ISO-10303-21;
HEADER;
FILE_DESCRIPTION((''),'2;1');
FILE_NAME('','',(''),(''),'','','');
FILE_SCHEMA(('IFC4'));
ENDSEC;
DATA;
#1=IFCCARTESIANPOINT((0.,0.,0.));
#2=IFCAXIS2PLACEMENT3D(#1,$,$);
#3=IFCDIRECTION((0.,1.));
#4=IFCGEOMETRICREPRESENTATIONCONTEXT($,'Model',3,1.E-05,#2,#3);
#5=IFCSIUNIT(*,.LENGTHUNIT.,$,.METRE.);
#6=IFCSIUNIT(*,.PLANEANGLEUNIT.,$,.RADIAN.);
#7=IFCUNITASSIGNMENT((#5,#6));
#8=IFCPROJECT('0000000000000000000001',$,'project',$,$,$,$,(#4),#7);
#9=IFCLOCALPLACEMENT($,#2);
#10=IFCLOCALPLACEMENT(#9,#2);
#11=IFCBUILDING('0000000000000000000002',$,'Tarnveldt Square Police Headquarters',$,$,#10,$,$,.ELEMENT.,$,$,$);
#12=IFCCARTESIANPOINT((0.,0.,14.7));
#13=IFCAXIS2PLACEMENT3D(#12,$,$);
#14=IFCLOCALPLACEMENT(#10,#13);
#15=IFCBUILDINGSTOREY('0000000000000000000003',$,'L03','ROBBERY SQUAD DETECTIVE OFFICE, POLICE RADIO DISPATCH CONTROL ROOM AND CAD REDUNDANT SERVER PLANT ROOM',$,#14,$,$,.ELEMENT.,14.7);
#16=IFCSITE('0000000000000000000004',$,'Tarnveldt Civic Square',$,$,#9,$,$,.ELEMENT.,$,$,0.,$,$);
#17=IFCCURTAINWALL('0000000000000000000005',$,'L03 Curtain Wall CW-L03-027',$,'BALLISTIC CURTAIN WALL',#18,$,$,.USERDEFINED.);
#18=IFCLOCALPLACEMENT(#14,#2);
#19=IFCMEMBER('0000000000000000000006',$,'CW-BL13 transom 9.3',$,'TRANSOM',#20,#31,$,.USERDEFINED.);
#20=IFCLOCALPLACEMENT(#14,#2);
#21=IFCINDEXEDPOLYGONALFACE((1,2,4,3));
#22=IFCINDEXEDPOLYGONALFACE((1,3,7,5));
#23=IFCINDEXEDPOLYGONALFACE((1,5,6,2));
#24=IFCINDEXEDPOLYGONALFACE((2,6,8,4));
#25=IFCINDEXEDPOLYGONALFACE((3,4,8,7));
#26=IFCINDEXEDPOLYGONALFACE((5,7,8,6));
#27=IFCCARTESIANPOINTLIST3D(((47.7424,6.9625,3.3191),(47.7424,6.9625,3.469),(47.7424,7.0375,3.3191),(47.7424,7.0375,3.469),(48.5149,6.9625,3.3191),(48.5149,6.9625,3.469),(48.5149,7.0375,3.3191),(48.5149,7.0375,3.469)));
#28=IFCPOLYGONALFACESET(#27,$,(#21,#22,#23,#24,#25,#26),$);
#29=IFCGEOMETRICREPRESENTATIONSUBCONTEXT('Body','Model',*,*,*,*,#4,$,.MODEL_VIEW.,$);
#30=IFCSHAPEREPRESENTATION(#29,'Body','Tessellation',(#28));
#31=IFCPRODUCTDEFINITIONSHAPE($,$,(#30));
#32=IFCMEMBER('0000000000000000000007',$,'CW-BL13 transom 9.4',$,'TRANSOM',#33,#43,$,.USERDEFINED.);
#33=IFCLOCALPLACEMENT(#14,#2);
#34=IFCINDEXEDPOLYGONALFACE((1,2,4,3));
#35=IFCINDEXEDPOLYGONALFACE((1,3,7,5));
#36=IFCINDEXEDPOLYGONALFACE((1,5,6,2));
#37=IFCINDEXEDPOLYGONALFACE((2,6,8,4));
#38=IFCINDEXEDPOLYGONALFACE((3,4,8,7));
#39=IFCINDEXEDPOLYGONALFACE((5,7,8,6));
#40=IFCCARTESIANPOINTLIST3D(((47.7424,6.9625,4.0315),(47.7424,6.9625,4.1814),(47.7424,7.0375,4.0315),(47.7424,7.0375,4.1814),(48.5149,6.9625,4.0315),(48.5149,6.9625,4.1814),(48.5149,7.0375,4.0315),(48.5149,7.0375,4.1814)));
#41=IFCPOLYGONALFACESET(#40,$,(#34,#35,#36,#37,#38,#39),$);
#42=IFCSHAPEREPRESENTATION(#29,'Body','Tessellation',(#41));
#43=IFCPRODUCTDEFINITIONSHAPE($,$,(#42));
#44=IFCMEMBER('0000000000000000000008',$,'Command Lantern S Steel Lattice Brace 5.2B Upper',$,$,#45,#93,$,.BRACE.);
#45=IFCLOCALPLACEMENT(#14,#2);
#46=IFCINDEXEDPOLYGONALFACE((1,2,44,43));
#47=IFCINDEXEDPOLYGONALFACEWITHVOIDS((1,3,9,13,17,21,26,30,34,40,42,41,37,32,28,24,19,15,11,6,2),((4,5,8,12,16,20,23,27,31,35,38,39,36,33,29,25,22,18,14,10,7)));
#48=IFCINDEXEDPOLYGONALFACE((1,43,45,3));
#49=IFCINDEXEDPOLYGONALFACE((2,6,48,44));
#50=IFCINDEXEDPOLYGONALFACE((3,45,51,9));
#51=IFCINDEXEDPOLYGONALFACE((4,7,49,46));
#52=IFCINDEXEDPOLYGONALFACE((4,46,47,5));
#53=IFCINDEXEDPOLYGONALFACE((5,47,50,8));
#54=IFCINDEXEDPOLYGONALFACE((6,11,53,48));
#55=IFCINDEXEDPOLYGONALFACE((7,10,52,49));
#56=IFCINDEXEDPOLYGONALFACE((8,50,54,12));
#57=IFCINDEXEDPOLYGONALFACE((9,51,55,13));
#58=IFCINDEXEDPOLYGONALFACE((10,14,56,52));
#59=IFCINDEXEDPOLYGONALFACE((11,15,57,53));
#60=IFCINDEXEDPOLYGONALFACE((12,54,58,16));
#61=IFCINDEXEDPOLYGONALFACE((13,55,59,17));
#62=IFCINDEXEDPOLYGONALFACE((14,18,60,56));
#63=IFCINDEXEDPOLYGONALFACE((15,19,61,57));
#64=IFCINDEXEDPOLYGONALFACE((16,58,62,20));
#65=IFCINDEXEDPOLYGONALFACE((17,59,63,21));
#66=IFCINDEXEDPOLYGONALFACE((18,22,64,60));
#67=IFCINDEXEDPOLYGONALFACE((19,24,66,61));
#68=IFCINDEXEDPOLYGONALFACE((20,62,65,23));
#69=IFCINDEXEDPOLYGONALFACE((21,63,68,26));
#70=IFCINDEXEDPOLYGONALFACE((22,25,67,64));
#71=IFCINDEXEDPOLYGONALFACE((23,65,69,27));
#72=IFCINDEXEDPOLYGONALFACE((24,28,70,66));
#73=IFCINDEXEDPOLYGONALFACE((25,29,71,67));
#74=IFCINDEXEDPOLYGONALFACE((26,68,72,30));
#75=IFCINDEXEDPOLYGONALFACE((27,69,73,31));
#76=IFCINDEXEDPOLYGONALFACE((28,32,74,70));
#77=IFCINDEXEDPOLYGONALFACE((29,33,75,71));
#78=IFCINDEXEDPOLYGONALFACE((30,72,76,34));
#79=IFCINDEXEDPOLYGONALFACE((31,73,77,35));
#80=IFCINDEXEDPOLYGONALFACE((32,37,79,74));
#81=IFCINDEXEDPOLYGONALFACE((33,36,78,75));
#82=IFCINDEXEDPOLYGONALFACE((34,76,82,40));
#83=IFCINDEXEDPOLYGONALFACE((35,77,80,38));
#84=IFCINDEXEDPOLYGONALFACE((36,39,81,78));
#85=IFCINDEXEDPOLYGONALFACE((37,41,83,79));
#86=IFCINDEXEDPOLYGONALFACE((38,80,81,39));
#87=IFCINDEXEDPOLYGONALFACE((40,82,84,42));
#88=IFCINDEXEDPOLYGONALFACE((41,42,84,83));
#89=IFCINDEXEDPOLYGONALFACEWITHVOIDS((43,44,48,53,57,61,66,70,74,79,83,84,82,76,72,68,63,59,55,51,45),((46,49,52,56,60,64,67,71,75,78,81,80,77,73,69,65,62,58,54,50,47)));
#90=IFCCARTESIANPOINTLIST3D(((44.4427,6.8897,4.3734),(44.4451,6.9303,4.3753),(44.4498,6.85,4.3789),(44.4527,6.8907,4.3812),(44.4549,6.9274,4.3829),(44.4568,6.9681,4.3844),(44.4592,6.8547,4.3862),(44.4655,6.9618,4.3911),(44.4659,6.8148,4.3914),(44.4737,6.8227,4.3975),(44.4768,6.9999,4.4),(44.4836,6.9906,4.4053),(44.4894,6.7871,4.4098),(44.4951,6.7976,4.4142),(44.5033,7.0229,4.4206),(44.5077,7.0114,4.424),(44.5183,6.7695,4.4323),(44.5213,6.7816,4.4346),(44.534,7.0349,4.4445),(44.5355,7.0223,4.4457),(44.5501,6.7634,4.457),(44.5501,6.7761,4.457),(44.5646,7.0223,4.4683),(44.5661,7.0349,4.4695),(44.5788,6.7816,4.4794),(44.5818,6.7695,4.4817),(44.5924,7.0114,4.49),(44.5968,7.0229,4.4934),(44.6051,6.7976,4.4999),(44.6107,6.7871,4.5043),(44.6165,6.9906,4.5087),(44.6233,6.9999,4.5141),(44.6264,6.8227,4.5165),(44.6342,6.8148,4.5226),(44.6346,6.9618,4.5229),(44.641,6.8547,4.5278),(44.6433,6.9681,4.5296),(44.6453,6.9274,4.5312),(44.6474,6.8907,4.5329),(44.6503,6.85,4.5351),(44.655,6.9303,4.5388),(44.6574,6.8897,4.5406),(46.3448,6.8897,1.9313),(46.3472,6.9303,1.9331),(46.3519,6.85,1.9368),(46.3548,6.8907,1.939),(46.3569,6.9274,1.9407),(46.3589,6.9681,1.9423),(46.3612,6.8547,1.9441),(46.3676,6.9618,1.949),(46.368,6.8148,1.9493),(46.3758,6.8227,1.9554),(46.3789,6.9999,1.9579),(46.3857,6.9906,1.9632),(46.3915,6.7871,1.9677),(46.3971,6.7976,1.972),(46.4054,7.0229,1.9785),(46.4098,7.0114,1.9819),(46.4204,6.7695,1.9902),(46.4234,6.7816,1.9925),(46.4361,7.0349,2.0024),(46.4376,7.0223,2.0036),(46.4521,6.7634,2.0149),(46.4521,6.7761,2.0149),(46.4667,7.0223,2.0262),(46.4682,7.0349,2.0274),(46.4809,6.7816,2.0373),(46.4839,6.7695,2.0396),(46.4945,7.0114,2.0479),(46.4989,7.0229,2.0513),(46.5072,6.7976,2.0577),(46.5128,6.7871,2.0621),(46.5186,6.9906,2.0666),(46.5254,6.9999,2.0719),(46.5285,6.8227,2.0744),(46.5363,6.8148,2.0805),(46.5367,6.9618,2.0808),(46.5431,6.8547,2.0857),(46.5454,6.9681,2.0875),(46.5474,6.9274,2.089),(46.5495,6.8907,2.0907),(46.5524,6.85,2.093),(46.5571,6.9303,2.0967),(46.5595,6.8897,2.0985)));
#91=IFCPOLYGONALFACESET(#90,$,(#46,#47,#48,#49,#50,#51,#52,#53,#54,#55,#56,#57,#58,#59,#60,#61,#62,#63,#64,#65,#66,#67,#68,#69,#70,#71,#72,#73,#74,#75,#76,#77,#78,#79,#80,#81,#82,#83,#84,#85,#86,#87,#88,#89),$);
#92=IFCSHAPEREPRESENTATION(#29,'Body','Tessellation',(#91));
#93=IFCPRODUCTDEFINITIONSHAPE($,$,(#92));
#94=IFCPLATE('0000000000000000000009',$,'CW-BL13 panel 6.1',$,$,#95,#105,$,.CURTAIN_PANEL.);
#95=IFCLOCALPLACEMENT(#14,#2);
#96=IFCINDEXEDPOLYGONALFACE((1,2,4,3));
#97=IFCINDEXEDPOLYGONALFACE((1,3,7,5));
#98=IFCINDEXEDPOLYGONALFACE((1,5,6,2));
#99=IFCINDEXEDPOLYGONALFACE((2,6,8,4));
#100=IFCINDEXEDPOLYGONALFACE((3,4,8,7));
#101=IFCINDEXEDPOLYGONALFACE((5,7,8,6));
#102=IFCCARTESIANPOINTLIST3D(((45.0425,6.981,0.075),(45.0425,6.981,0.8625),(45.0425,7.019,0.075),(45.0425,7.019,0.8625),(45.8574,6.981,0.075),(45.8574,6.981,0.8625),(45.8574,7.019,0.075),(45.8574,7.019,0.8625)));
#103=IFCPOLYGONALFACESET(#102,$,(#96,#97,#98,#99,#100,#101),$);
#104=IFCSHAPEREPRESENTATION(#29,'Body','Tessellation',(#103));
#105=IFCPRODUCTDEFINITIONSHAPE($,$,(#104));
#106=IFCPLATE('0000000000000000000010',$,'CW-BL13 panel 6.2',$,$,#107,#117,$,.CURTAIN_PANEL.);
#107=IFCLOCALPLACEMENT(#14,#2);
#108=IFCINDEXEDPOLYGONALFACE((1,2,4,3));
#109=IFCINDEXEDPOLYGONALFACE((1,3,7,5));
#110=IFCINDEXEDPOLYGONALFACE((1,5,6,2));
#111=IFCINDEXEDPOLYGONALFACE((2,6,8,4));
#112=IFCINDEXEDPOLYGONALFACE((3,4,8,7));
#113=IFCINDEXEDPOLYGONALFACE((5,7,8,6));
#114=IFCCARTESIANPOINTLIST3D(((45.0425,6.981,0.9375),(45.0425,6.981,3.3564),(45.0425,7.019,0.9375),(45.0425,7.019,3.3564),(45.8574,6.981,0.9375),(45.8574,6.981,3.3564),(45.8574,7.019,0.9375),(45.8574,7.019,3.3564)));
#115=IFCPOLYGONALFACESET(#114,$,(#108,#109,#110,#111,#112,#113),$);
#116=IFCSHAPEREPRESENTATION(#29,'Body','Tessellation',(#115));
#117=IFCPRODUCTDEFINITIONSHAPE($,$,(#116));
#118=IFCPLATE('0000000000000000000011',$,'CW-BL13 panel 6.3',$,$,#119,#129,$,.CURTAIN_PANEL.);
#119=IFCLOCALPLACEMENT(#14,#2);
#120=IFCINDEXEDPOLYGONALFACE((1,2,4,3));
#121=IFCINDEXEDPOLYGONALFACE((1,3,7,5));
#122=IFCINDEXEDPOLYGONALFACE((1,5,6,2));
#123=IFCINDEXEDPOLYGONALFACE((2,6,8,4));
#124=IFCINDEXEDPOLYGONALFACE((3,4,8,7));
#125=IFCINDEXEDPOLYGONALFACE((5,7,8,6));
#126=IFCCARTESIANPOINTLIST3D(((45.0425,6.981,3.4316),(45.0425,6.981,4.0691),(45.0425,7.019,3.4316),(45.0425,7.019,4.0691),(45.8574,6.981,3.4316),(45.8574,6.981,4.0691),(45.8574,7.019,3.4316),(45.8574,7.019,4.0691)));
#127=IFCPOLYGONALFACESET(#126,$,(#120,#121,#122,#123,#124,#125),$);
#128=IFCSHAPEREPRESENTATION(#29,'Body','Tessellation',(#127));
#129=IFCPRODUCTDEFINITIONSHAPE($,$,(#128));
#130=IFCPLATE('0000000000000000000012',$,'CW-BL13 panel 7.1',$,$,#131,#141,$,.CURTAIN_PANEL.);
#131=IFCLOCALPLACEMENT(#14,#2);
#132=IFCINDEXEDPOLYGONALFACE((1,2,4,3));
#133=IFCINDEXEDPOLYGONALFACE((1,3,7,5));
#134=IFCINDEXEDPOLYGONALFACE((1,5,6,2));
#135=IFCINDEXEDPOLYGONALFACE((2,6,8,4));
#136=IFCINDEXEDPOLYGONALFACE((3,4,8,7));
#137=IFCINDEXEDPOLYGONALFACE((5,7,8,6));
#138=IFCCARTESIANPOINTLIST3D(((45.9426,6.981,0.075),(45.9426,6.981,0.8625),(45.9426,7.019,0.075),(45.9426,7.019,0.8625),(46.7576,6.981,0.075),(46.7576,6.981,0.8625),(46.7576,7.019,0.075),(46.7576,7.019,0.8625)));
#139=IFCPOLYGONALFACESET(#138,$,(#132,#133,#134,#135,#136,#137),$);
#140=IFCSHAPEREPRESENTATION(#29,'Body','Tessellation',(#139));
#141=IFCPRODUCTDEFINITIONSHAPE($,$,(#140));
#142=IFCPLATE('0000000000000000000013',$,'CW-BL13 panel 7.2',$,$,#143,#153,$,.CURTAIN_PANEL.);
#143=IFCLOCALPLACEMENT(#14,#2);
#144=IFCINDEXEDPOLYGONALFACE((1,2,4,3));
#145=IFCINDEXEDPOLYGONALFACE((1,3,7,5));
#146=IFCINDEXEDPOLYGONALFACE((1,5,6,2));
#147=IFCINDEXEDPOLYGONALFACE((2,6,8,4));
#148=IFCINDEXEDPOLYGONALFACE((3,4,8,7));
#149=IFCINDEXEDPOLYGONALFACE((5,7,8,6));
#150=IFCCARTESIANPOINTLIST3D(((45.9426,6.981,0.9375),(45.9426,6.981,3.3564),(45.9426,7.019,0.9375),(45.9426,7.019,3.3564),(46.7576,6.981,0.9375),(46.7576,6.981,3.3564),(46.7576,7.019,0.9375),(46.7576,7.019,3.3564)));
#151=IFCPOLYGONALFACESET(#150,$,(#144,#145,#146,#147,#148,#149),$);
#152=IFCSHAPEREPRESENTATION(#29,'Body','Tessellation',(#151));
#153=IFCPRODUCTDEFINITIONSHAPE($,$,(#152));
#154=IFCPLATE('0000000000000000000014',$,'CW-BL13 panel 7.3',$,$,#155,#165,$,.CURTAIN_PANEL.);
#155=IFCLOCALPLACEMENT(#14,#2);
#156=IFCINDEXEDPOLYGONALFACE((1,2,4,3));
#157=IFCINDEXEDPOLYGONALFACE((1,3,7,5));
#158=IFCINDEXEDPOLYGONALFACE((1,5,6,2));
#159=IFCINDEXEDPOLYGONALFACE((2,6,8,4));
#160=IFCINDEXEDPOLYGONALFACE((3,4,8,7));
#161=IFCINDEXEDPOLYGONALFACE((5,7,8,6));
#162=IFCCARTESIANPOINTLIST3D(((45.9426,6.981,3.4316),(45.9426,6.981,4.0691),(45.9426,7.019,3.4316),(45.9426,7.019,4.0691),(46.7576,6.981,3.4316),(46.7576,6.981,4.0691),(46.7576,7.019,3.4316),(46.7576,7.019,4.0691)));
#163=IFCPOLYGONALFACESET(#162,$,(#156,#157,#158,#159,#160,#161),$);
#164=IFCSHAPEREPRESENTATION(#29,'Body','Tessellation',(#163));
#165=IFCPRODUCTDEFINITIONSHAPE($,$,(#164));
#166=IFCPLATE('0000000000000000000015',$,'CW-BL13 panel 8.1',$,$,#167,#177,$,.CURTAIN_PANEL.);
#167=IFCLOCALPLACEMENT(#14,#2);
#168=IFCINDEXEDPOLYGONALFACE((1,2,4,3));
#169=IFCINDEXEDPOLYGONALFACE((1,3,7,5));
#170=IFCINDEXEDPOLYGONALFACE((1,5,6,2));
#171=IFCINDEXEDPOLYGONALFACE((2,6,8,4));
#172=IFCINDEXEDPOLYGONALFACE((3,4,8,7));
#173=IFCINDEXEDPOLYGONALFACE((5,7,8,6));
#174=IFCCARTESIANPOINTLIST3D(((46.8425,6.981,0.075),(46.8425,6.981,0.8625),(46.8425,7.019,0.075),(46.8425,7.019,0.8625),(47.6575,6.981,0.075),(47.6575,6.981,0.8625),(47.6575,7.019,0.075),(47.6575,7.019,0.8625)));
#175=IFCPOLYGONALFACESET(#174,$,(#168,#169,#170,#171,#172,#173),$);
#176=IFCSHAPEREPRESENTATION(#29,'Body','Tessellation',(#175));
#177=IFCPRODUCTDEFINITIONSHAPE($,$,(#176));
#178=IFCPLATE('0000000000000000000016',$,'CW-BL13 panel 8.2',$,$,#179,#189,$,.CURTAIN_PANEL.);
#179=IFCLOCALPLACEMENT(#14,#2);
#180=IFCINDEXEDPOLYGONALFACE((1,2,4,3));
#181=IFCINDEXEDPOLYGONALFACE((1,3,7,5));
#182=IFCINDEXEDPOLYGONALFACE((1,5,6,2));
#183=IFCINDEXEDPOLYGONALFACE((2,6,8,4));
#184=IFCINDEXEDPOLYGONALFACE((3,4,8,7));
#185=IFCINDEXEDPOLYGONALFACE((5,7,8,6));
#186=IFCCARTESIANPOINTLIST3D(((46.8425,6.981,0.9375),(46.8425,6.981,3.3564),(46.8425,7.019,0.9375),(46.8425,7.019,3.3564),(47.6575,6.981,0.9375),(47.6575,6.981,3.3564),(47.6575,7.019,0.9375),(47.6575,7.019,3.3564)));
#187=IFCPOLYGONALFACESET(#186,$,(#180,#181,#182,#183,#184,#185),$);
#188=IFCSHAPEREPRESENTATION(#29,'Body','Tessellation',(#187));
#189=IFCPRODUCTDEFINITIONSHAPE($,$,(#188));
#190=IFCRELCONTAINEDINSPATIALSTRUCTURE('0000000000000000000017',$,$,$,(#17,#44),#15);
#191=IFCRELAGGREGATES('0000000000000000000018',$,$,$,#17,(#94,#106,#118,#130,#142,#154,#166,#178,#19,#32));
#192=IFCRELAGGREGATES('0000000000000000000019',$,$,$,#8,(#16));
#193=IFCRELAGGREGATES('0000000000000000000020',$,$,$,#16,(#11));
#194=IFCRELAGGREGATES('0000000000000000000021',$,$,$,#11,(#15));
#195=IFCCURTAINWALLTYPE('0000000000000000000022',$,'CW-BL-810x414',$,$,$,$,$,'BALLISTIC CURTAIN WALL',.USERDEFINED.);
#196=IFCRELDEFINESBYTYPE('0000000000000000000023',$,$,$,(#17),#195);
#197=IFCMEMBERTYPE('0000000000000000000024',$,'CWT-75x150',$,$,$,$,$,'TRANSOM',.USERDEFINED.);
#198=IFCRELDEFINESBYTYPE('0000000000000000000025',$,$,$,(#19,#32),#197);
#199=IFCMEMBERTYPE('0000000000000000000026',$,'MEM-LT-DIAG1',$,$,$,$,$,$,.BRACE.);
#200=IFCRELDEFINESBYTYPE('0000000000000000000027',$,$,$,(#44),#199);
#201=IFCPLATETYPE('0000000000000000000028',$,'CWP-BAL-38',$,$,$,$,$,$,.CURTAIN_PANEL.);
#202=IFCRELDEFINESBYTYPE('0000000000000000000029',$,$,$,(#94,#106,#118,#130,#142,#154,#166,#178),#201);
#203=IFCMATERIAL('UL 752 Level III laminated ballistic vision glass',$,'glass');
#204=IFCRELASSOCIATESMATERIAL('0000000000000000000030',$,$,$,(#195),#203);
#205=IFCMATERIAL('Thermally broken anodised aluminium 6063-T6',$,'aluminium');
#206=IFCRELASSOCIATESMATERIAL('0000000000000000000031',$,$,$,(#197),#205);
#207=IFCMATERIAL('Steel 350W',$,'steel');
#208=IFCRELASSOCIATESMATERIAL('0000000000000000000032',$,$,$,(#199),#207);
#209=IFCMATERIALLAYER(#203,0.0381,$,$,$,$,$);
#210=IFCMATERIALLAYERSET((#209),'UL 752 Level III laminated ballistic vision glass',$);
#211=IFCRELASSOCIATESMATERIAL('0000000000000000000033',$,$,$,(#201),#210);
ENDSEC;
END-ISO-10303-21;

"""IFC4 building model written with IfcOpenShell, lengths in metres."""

from ifc_helpers import new_model, si_unit, direction, frame, origin, origin_2d, place, context, subcontext, project, spatial, rectangle, hollow_circle, extrude, material, layer, layer_set, material_profile, profile_set, type_object, element, aggregate, save


model = new_model("IFC4")

# Units and contexts
model_context = context("Model", 3, precision=1e-05, world=origin(), true_north=direction((0.0, 1.0)))
body_context = subcontext(model_context, "Body", "Model", "MODEL_VIEW")
ifc_project = project(units=[si_unit("LENGTHUNIT", "METRE"), si_unit("PLANEANGLEUNIT", "RADIAN")], contexts=[model_context])

# Site, building, storey
site_placement = place(None, origin())
site = spatial("IfcSite", under=ifc_project, at=site_placement, Name="Tarnveldt Civic Square", CompositionType="ELEMENT", RefElevation=0.0)
building_placement = place(site_placement, origin())
building = spatial("IfcBuilding", under=site, at=building_placement, Name="Tarnveldt Square Police Headquarters", CompositionType="ELEMENT")
storey_placement = place(building_placement, frame((0.0, 0.0, 14.7)))
storey = spatial("IfcBuildingStorey", under=building, at=storey_placement, Name="L03", Description="ROBBERY SQUAD DETECTIVE OFFICE, POLICE RADIO DISPATCH CONTROL ROOM AND CAD REDUNDANT SERVER PLANT ROOM", CompositionType="ELEMENT", Elevation=14.7)

# Curtain wall, members
ifc_material_1 = material(Name="UL 752 Level III laminated ballistic vision glass", Category="glass")
curtain_wall_type = type_object("IfcCurtainWallType", Name="CW-BL-810x414", ElementType="BALLISTIC CURTAIN WALL", PredefinedType="USERDEFINED", material=ifc_material_1)
curtain_wall_placement = place(storey_placement, origin())
curtain_wall = element("IfcCurtainWall", 1, at=curtain_wall_placement, inside=storey, type_object=curtain_wall_type, Name="L03 Curtain Wall CW-L03-027", ObjectType="BALLISTIC CURTAIN WALL", PredefinedType="USERDEFINED")
ifc_material_2 = material(Name="Thermally broken anodised aluminium 6063-T6", Category="aluminium")
ifc_material_profile_1 = material_profile(ifc_material_2, rectangle(XDim=0.075, YDim=0.1499, at=origin_2d()), Name="CW-T75x150")
ifc_profile_set_1 = profile_set([ifc_material_profile_1], Name="Thermally broken anodised aluminium 6063-T6")
member_type_1 = type_object("IfcMemberType", Name="CWT-75x150", ElementType="TRANSOM", PredefinedType="USERDEFINED", material=ifc_profile_set_1)
member_1_placement = place(storey_placement, frame((47.7424, 7.0, 3.394), z_axis=(1.0, 0.0, 0.0), x_axis=(0.0, 1.0, 0.0)))
member_1 = element("IfcMember", 2, at=member_1_placement, type_object=member_type_1, Name="CW-BL13 transom 9.3", ObjectType="TRANSOM", PredefinedType="USERDEFINED", context=body_context, shape_type="SweptSolid", body=[
    extrude(rectangle(XDim=0.075, YDim=0.1499, at=origin_2d()), origin(), (0.0, 0.0, 1.0), 0.7725),
])
member_2_placement = place(storey_placement, frame((47.7424, 7.0, 4.1064), z_axis=(1.0, 0.0, 0.0), x_axis=(0.0, 1.0, 0.0)))
member_2 = element("IfcMember", 3, at=member_2_placement, type_object=member_type_1, Name="CW-BL13 transom 9.4", ObjectType="TRANSOM", PredefinedType="USERDEFINED", context=body_context, shape_type="SweptSolid", body=[
    extrude(rectangle(XDim=0.075, YDim=0.1499, at=origin_2d()), origin(), (0.0, 0.0, 1.0), 0.7725),
])

# Member
ifc_material_3 = material(Name="Steel 350W", Category="steel")
ifc_material_profile_2 = material_profile(ifc_material_3, hollow_circle(Radius=0.1365, WallThickness=0.0127, at=origin_2d()), Name="HSS273x13")
ifc_profile_set_2 = profile_set([ifc_material_profile_2], Name="Steel 350W")
member_type_2 = type_object("IfcMemberType", Name="MEM-LT-DIAG1", PredefinedType="BRACE", material=ifc_profile_set_2)
member_3_placement = place(storey_placement, frame((46.4521, 6.8999, 2.0149), z_axis=(-0.614476, 0.0, 0.788936), x_axis=(0.0, -1.0, 0.0)))
element("IfcMember", 4, at=member_3_placement, inside=storey, type_object=member_type_2, Name="Command Lantern S Steel Lattice Brace 5.2B Upper", PredefinedType="BRACE", context=body_context, shape_type="SweptSolid", body=[
    extrude(hollow_circle(Radius=0.1365, WallThickness=0.0127, at=origin_2d()), origin(), (0.0, 0.0, 1.0), 3.0955),
])

# Plates
ifc_layer_1 = layer(ifc_material_1, 0.0381)
ifc_layer_set_1 = layer_set([ifc_layer_1], Name="UL 752 Level III laminated ballistic vision glass")
plate_type_1 = type_object("IfcPlateType", Name="CWP-BAL-38", PredefinedType="CURTAIN_PANEL", material=ifc_layer_set_1)
plate_1_placement = place(storey_placement, frame((45.45, 7.0, 0.075), z_axis=(0.0, 0.0, 1.0), x_axis=(1.0, 0.0, 0.0)))
plate_1 = element("IfcPlate", 5, at=plate_1_placement, type_object=plate_type_1, Name="CW-BL13 panel 6.1", PredefinedType="CURTAIN_PANEL", context=body_context, shape_type="SweptSolid", body=[
    extrude(rectangle(XDim=0.8149, YDim=0.0381, at=origin_2d()), origin(), (0.0, 0.0, 1.0), 0.7876),
])
plate_2_placement = place(storey_placement, frame((45.45, 7.0, 0.9375), z_axis=(0.0, 0.0, 1.0), x_axis=(1.0, 0.0, 0.0)))
plate_2 = element("IfcPlate", 6, at=plate_2_placement, type_object=plate_type_1, Name="CW-BL13 panel 6.2", PredefinedType="CURTAIN_PANEL", context=body_context, shape_type="SweptSolid", body=[
    extrude(rectangle(XDim=0.8149, YDim=0.0381, at=origin_2d()), origin(), (0.0, 0.0, 1.0), 2.4189),
])
plate_3_placement = place(storey_placement, frame((45.45, 7.0, 3.4316), z_axis=(0.0, 0.0, 1.0), x_axis=(1.0, 0.0, 0.0)))
plate_3 = element("IfcPlate", 7, at=plate_3_placement, type_object=plate_type_1, Name="CW-BL13 panel 6.3", PredefinedType="CURTAIN_PANEL", context=body_context, shape_type="SweptSolid", body=[
    extrude(rectangle(XDim=0.8149, YDim=0.0381, at=origin_2d()), origin(), (0.0, 0.0, 1.0), 0.6375),
])
plate_4_placement = place(storey_placement, frame((46.3501, 7.0, 0.075), z_axis=(0.0, 0.0, 1.0), x_axis=(1.0, 0.0, 0.0)))
plate_4 = element("IfcPlate", 8, at=plate_4_placement, type_object=plate_type_1, Name="CW-BL13 panel 7.1", PredefinedType="CURTAIN_PANEL", context=body_context, shape_type="SweptSolid", body=[
    extrude(rectangle(XDim=0.8149, YDim=0.0381, at=origin_2d()), origin(), (0.0, 0.0, 1.0), 0.7876),
])
plate_5_placement = place(storey_placement, frame((46.3501, 7.0, 0.9375), z_axis=(0.0, 0.0, 1.0), x_axis=(1.0, 0.0, 0.0)))
plate_5 = element("IfcPlate", 9, at=plate_5_placement, type_object=plate_type_1, Name="CW-BL13 panel 7.2", PredefinedType="CURTAIN_PANEL", context=body_context, shape_type="SweptSolid", body=[
    extrude(rectangle(XDim=0.8149, YDim=0.0381, at=origin_2d()), origin(), (0.0, 0.0, 1.0), 2.4189),
])
plate_6_placement = place(storey_placement, frame((46.3501, 7.0, 3.4316), z_axis=(0.0, 0.0, 1.0), x_axis=(1.0, 0.0, 0.0)))
plate_6 = element("IfcPlate", 10, at=plate_6_placement, type_object=plate_type_1, Name="CW-BL13 panel 7.3", PredefinedType="CURTAIN_PANEL", context=body_context, shape_type="SweptSolid", body=[
    extrude(rectangle(XDim=0.8149, YDim=0.0381, at=origin_2d()), origin(), (0.0, 0.0, 1.0), 0.6375),
])
plate_7_placement = place(storey_placement, frame((47.25, 7.0, 0.075), z_axis=(0.0, 0.0, 1.0), x_axis=(1.0, 0.0, 0.0)))
plate_7 = element("IfcPlate", 11, at=plate_7_placement, type_object=plate_type_1, Name="CW-BL13 panel 8.1", PredefinedType="CURTAIN_PANEL", context=body_context, shape_type="SweptSolid", body=[
    extrude(rectangle(XDim=0.8149, YDim=0.0381, at=origin_2d()), origin(), (0.0, 0.0, 1.0), 0.7876),
])
plate_8_placement = place(storey_placement, frame((47.25, 7.0, 0.9375), z_axis=(0.0, 0.0, 1.0), x_axis=(1.0, 0.0, 0.0)))
plate_8 = element("IfcPlate", 12, at=plate_8_placement, type_object=plate_type_1, Name="CW-BL13 panel 8.2", PredefinedType="CURTAIN_PANEL", context=body_context, shape_type="SweptSolid", body=[
    extrude(rectangle(XDim=0.8149, YDim=0.0381, at=origin_2d()), origin(), (0.0, 0.0, 1.0), 2.4189),
])
aggregate(curtain_wall, [plate_1, plate_2, plate_3, plate_4, plate_5, plate_6, plate_7, plate_8, member_1, member_2])

save(model, "model.ifc")
